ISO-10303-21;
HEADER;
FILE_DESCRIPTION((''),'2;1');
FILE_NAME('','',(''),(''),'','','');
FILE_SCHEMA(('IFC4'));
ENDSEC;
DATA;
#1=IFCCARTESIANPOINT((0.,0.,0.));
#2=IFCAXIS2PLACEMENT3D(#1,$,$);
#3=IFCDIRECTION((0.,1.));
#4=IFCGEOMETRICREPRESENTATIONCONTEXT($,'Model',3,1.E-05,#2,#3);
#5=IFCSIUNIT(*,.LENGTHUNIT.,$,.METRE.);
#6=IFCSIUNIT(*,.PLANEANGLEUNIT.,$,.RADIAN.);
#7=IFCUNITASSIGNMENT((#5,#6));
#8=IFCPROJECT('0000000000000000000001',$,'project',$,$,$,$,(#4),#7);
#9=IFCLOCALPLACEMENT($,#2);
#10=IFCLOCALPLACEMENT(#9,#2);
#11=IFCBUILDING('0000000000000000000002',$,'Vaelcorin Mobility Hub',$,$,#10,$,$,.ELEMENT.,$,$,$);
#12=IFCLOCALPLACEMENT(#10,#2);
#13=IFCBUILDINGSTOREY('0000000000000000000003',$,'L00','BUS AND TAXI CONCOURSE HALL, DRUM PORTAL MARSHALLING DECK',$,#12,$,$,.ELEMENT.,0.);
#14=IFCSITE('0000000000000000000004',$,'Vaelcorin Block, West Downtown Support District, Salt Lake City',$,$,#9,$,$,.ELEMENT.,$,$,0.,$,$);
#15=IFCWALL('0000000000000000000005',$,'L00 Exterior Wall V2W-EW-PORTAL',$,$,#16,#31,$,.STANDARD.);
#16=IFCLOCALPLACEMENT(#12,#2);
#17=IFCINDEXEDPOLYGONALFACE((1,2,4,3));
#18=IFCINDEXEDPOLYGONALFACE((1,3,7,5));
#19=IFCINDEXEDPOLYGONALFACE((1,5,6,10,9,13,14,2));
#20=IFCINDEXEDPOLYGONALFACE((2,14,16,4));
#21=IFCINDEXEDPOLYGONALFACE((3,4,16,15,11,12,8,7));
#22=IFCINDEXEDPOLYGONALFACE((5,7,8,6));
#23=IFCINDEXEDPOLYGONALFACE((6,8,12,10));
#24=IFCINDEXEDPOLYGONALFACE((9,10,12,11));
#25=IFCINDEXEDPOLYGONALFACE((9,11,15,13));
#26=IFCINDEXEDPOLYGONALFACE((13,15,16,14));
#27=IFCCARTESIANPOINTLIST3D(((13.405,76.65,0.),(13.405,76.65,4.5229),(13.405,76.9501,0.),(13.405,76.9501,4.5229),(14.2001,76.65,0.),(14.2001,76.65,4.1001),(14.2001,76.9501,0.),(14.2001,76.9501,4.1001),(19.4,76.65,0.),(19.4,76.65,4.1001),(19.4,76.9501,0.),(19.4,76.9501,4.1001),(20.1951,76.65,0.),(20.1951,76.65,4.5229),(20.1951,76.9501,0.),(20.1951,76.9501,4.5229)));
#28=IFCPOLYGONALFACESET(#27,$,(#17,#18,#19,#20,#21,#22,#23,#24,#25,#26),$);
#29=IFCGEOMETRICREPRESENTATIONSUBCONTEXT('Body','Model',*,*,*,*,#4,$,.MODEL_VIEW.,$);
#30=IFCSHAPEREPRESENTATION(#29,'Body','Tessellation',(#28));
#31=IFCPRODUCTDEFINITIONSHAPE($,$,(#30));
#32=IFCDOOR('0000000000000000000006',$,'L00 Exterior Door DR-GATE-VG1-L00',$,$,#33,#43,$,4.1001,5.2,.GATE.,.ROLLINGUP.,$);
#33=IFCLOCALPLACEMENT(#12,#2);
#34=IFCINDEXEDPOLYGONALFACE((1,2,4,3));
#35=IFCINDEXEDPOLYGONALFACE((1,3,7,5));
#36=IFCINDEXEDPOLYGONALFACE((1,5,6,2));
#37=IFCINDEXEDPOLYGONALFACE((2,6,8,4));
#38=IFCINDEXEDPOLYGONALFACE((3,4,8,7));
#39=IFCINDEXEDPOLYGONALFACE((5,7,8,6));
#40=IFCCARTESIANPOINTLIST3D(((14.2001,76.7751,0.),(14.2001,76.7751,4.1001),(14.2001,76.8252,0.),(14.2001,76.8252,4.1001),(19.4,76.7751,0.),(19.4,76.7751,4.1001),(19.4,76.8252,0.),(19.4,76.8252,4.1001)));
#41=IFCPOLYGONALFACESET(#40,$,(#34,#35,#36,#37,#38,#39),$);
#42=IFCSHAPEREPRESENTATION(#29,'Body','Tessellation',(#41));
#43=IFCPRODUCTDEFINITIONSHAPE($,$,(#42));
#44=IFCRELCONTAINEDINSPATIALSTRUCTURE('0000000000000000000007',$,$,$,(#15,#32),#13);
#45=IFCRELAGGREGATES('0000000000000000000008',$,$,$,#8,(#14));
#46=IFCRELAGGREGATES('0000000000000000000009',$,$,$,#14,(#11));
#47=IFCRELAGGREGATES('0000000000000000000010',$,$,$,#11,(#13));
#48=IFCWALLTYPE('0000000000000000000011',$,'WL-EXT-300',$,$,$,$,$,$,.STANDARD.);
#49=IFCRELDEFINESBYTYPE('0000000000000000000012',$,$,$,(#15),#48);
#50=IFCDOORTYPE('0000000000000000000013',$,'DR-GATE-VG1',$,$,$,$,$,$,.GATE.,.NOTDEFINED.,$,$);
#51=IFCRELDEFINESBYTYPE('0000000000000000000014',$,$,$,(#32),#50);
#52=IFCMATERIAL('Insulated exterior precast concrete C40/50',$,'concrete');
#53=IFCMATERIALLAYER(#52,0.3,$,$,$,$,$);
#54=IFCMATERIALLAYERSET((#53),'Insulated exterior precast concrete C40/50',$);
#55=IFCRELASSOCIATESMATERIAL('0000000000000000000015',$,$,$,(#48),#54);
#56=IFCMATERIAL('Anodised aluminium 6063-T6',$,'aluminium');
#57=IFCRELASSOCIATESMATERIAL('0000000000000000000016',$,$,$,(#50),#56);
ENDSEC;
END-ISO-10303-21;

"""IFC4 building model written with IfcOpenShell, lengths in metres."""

from ifc_helpers import new_model, si_unit, direction, frame, frame_2d, origin, place, context, subcontext, project, spatial, rectangle, extrude, material, layer, layer_set, type_object, element, fill, save


model = new_model("IFC4")

# Units and contexts
model_context = context("Model", 3, precision=1e-05, world=origin(), true_north=direction((0.0, 1.0)))
body_context = subcontext(model_context, "Body", "Model", "MODEL_VIEW")
ifc_project = project(units=[si_unit("LENGTHUNIT", "METRE"), si_unit("PLANEANGLEUNIT", "RADIAN")], contexts=[model_context])

# Site, building, storey
site_placement = place(None, origin())
site = spatial("IfcSite", under=ifc_project, at=site_placement, Name="Vaelcorin Block, West Downtown Support District, Salt Lake City", CompositionType="ELEMENT", RefElevation=0.0)
building_placement = place(site_placement, origin())
building = spatial("IfcBuilding", under=site, at=building_placement, Name="Vaelcorin Mobility Hub", CompositionType="ELEMENT")
storey_placement = place(building_placement, origin())
storey = spatial("IfcBuildingStorey", under=building, at=storey_placement, Name="L00", Description="BUS AND TAXI CONCOURSE HALL, DRUM PORTAL MARSHALLING DECK", CompositionType="ELEMENT", Elevation=0.0)

# Shared definitions
ifc_material_1 = material(Name="Anodised aluminium 6063-T6", Category="aluminium")

# Wall, opening, door
ifc_material_2 = material(Name="Insulated exterior precast concrete C40/50", Category="concrete")
ifc_layer_1 = layer(ifc_material_2, 0.3)
ifc_layer_set_1 = layer_set([ifc_layer_1], Name="Insulated exterior precast concrete C40/50")
wall_type = type_object("IfcWallType", Name="WL-EXT-300", PredefinedType="STANDARD", material=ifc_layer_set_1)
wall_placement = place(storey_placement, frame((20.1951, 76.8, 0.0), z_axis=(0.0, 0.0, 1.0), x_axis=(-1.0, 0.0, 0.0)))
wall = element("IfcWall", 1, at=wall_placement, inside=storey, type_object=wall_type, Name="L00 Exterior Wall V2W-EW-PORTAL", PredefinedType="STANDARD", context=body_context, shape_type="SweptSolid", body=[
    extrude(rectangle(XDim=6.79, YDim=0.3, at=frame_2d((3.395, 0.0))), origin(), (0.0, 0.0, 1.0), 4.5229),
])
opening_placement = place(wall_placement, frame((0.7949, 0.0, 0.0)))
opening = element("IfcOpeningElement", 2, at=opening_placement, cuts=wall, PredefinedType="OPENING", context=body_context, shape_type="SweptSolid", body=[
    extrude(rectangle(XDim=5.2, YDim=4.1001, at=frame_2d((2.6001, 2.05))), frame((0.0, 0.1599, 0.0), z_axis=(0.0, -1.0, 0.0), x_axis=(1.0, 0.0, 0.0)), (0.0, 0.0, 1.0), 0.3201),
])
door_type = type_object("IfcDoorType", Name="DR-GATE-VG1", OperationType="NOTDEFINED", PredefinedType="GATE", material=ifc_material_1)
door_placement = place(opening_placement, origin())
door = element("IfcDoor", 3, at=door_placement, inside=storey, type_object=door_type, Name="L00 Exterior Door DR-GATE-VG1-L00", OperationType="ROLLINGUP", OverallHeight=4.1001, OverallWidth=5.2, PredefinedType="GATE", context=body_context, shape_type="SweptSolid", body=[
    extrude(rectangle(XDim=5.2, YDim=4.1001, at=frame_2d((2.6001, 2.05))), frame((0.0, 0.0249, 0.0), z_axis=(0.0, -1.0, 0.0), x_axis=(1.0, 0.0, 0.0)), (0.0, 0.0, 1.0), 0.05),
])
fill(opening, door)

save(model, "model.ifc")
